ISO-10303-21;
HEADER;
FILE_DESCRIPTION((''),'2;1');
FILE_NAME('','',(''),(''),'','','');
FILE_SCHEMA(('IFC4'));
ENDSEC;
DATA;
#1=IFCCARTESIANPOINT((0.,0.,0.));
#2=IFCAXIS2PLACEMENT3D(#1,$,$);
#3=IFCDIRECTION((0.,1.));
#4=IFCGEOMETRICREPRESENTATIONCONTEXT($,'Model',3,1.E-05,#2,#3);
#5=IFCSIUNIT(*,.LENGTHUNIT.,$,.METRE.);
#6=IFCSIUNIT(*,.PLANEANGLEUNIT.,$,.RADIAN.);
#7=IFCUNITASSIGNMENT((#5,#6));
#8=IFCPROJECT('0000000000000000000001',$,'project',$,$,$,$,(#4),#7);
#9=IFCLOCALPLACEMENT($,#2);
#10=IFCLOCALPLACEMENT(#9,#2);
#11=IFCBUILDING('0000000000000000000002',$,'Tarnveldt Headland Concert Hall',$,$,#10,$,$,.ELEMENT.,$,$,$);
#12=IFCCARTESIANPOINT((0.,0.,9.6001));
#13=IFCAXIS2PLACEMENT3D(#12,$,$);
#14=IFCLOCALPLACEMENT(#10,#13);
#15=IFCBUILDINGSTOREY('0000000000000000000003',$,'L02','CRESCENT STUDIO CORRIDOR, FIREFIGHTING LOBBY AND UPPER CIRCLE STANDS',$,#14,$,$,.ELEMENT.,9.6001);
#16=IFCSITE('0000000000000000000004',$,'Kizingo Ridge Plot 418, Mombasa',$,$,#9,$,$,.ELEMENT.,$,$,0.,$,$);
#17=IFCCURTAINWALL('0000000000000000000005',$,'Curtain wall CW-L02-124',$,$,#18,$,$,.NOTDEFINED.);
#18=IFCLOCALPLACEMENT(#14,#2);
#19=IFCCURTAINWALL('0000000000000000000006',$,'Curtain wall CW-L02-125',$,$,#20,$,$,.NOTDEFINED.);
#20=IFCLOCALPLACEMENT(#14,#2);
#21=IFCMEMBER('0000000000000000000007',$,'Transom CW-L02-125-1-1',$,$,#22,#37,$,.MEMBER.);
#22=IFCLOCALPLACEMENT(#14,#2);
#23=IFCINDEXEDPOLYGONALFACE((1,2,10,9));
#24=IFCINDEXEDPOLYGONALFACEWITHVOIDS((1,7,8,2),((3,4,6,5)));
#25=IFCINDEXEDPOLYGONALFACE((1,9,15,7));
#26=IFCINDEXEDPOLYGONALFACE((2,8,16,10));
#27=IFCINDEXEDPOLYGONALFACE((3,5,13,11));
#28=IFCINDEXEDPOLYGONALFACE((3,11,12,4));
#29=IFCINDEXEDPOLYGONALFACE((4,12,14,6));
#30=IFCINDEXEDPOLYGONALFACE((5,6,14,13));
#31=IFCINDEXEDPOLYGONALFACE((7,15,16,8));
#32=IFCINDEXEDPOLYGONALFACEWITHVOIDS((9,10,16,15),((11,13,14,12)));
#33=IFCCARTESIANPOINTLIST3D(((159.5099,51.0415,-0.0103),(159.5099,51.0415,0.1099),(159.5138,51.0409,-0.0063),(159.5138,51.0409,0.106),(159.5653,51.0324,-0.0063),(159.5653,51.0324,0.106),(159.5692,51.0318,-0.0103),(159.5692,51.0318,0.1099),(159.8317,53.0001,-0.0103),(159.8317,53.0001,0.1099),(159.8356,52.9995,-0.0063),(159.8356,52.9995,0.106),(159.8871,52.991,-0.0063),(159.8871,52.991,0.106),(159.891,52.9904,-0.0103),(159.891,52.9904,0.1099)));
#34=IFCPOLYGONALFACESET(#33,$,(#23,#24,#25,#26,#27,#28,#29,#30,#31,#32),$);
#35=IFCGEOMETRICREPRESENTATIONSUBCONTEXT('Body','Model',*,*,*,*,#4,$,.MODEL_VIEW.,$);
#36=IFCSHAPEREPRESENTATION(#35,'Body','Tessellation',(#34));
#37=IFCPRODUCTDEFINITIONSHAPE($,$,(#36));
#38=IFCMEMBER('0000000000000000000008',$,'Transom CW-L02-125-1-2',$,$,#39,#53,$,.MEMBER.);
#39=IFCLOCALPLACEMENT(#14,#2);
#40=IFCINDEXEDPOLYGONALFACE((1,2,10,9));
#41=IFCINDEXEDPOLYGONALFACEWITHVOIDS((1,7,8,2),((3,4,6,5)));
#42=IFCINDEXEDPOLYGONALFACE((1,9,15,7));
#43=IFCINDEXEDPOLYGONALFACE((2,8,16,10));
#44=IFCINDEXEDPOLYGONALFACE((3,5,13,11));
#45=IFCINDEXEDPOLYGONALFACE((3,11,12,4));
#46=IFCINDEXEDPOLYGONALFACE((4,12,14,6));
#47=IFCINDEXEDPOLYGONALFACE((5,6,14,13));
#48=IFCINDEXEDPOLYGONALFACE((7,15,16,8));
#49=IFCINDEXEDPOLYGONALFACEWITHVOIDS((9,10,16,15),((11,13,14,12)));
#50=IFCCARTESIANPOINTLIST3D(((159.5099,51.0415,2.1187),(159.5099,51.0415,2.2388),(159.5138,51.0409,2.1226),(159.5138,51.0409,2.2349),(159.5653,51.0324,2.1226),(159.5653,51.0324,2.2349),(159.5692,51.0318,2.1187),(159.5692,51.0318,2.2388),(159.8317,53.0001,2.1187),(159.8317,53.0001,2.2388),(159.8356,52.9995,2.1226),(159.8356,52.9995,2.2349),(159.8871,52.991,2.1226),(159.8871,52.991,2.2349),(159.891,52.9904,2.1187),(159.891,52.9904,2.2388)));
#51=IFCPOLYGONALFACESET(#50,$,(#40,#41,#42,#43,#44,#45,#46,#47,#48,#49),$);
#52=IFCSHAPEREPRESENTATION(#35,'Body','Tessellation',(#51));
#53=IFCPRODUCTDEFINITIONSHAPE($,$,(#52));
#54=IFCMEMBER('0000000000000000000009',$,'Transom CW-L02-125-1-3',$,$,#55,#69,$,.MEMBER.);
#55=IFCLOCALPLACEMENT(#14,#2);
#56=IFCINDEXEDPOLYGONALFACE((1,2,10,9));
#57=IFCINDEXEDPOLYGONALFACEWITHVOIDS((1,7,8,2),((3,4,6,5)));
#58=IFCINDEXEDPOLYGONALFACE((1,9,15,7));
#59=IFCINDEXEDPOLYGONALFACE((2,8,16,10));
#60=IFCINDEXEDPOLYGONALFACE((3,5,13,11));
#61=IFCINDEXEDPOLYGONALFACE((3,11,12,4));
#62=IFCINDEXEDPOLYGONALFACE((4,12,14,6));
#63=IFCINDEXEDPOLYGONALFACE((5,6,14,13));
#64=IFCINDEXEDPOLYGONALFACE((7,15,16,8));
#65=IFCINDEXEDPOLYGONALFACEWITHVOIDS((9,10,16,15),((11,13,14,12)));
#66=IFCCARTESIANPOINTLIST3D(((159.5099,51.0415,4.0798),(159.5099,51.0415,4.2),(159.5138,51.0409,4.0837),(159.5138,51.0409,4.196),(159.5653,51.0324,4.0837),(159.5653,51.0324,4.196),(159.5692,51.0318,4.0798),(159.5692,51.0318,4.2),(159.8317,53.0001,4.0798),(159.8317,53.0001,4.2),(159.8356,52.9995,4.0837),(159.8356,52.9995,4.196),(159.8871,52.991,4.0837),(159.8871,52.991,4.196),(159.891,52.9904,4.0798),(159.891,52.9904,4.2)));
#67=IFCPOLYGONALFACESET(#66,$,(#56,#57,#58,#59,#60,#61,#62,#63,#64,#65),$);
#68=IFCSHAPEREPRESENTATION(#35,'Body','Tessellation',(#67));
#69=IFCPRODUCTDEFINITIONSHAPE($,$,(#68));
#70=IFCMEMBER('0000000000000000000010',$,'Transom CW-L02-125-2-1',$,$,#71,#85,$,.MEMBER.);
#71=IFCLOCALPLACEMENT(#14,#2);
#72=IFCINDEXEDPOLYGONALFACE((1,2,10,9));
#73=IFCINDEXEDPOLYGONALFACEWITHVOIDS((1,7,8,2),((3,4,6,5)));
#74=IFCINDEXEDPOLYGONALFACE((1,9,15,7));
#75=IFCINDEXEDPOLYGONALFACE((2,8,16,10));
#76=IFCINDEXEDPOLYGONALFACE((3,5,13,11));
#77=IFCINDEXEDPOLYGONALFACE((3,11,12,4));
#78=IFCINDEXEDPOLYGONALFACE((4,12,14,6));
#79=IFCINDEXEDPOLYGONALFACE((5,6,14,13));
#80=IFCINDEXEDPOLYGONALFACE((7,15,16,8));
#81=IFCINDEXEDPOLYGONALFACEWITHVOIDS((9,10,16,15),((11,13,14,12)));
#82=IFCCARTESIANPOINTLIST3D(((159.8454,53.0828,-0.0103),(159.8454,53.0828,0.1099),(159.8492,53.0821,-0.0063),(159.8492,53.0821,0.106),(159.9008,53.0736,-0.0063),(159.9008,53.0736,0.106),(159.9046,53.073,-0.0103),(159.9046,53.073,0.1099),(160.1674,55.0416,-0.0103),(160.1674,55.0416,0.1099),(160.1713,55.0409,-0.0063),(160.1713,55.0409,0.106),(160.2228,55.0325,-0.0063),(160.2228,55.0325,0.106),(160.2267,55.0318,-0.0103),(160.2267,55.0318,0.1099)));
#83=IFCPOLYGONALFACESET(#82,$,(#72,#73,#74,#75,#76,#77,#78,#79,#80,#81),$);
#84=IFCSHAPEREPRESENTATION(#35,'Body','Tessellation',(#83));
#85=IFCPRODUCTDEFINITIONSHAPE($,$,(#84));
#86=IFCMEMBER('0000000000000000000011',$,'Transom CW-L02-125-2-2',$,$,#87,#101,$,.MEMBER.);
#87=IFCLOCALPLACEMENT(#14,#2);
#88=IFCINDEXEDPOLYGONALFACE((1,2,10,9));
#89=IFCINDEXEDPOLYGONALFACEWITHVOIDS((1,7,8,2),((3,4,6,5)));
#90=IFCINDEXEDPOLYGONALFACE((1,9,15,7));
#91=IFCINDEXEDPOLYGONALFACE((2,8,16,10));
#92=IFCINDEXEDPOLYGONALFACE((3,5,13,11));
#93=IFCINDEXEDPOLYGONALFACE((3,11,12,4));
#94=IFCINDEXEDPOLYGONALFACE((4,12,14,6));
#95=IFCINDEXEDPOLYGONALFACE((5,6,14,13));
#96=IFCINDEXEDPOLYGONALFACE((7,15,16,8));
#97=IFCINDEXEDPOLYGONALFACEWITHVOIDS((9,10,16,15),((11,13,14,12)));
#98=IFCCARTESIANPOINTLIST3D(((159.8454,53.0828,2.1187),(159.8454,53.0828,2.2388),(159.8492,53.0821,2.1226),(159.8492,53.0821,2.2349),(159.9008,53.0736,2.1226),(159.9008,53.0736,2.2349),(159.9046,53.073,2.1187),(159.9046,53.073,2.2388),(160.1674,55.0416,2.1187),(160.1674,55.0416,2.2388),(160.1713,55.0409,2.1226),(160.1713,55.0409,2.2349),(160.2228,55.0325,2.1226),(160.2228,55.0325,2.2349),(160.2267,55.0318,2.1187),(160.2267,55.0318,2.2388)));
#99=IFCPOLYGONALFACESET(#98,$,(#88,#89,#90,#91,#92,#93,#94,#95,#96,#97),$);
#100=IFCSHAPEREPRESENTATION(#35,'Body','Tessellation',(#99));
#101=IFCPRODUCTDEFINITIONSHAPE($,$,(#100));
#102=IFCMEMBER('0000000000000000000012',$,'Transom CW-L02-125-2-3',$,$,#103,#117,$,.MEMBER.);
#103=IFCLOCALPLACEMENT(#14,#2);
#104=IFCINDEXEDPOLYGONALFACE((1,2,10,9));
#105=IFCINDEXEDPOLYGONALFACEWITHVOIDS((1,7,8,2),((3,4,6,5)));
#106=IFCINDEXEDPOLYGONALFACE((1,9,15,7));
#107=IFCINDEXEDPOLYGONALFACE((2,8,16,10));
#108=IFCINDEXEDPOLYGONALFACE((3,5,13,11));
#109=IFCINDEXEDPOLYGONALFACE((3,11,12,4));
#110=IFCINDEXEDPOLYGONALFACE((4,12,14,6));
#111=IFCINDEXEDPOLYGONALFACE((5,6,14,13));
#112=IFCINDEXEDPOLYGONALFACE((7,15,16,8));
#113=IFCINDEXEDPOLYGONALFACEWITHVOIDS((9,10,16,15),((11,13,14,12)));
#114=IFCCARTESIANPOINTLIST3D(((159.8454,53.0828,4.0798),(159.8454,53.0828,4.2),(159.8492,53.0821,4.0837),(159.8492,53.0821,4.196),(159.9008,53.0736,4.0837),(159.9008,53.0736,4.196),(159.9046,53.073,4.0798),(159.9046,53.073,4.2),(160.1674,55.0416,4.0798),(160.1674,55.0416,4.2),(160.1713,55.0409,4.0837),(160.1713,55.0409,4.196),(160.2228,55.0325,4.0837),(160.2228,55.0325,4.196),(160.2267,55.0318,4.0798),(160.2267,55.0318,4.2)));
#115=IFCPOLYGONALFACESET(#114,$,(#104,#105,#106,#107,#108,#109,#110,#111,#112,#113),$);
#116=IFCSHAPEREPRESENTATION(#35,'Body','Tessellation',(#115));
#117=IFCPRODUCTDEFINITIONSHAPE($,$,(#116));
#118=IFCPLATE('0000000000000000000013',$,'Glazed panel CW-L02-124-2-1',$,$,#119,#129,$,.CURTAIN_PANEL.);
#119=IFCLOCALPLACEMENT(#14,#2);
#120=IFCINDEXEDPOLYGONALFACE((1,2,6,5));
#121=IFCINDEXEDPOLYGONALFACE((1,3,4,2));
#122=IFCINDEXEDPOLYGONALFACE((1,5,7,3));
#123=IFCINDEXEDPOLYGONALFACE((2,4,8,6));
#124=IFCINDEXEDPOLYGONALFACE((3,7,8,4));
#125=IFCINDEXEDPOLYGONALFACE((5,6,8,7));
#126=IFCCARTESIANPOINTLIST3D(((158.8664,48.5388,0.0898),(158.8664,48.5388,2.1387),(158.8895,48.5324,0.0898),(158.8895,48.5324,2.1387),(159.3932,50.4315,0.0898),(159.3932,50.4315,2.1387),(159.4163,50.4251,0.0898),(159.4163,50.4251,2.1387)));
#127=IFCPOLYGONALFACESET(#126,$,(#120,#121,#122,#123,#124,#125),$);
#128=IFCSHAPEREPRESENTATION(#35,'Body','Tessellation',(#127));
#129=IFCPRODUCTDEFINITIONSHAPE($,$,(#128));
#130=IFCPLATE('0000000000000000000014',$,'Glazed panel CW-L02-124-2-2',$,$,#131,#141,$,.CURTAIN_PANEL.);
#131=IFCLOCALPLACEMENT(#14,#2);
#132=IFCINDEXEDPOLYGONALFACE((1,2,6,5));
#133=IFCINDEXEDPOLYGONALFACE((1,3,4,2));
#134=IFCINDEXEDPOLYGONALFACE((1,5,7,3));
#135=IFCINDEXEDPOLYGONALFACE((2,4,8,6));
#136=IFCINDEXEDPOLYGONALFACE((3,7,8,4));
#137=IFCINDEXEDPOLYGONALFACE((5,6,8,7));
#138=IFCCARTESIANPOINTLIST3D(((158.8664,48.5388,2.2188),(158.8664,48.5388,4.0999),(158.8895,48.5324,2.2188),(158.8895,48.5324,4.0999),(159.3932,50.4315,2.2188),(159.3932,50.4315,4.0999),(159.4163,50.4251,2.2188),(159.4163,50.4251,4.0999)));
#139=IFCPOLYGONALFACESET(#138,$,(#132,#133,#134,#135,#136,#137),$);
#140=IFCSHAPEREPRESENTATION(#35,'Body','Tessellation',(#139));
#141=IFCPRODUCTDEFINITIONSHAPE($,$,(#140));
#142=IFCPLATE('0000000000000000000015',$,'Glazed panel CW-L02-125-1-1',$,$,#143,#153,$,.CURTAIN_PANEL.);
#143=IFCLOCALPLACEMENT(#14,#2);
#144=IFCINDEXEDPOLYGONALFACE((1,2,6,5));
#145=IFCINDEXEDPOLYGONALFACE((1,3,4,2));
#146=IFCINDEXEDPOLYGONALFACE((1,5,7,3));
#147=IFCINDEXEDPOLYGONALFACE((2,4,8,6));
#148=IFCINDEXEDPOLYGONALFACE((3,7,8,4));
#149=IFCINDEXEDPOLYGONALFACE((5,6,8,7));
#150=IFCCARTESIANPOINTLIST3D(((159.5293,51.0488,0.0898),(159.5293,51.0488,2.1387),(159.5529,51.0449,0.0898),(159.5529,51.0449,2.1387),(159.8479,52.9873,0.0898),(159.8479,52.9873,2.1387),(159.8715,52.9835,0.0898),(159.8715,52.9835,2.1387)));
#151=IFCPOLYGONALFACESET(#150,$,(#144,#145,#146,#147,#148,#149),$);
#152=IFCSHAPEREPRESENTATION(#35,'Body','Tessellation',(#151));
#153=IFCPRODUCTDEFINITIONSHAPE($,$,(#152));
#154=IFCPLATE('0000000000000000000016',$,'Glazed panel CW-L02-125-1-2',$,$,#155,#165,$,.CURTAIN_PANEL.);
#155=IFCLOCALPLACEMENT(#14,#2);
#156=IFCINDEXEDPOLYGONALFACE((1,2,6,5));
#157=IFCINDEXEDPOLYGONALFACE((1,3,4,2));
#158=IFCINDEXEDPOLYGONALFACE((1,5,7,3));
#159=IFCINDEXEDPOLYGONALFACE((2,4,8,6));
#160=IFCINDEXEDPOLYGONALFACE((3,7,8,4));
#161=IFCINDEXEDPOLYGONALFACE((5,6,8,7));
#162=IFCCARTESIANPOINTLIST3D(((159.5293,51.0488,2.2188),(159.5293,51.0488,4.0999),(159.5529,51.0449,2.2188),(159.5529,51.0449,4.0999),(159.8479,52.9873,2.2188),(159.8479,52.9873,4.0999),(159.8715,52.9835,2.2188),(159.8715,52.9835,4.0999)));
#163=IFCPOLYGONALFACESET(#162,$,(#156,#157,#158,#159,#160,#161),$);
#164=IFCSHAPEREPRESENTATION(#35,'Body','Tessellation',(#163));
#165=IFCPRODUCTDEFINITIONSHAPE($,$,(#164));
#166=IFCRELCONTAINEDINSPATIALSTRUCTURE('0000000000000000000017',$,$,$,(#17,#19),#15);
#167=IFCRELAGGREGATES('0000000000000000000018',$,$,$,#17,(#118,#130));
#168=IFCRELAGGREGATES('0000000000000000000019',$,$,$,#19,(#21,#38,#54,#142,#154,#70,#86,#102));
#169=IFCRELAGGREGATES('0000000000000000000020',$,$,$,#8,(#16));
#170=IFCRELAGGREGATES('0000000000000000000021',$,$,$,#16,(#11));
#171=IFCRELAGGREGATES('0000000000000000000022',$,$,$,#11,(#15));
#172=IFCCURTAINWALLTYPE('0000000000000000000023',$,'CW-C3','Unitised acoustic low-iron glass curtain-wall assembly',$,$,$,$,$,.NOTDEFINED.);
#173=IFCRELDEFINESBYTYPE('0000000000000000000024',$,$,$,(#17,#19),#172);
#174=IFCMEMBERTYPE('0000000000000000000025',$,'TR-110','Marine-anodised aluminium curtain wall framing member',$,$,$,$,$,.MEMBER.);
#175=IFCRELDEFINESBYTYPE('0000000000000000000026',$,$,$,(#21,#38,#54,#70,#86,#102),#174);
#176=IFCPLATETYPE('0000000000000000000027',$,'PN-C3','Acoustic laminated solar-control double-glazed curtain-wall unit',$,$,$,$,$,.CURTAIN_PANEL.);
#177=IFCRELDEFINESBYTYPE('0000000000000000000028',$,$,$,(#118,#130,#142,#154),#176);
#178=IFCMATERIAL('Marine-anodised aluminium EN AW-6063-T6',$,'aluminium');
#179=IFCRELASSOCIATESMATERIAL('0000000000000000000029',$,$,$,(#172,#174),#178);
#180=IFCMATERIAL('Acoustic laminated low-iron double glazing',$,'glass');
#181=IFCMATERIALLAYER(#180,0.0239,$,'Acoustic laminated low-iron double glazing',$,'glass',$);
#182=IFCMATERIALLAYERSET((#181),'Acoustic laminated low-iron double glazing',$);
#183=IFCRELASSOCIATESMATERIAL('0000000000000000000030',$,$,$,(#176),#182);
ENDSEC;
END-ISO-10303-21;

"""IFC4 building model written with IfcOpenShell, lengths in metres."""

from ifc_helpers import new_model, si_unit, direction, frame, origin, origin_2d, place, context, subcontext, project, spatial, rectangle, hollow_rectangle, extrude, material, layer, layer_set, material_profile, profile_set, type_object, element, aggregate, save


model = new_model("IFC4")

# Units and contexts
model_context = context("Model", 3, precision=1e-05, world=origin(), true_north=direction((0.0, 1.0)))
body_context = subcontext(model_context, "Body", "Model", "MODEL_VIEW")
ifc_project = project(units=[si_unit("LENGTHUNIT", "METRE"), si_unit("PLANEANGLEUNIT", "RADIAN")], contexts=[model_context])

# Site, building, storey
site_placement = place(None, origin())
site = spatial("IfcSite", under=ifc_project, at=site_placement, Name="Kizingo Ridge Plot 418, Mombasa", CompositionType="ELEMENT", RefElevation=0.0)
building_placement = place(site_placement, origin())
building = spatial("IfcBuilding", under=site, at=building_placement, Name="Tarnveldt Headland Concert Hall", CompositionType="ELEMENT")
storey_placement = place(building_placement, frame((0.0, 0.0, 9.6001)))
storey = spatial("IfcBuildingStorey", under=building, at=storey_placement, Name="L02", Description="CRESCENT STUDIO CORRIDOR, FIREFIGHTING LOBBY AND UPPER CIRCLE STANDS", CompositionType="ELEMENT", Elevation=9.6001)

# Curtain wall
ifc_material_1 = material(Name="Marine-anodised aluminium EN AW-6063-T6", Category="aluminium")
curtain_wall_type = type_object("IfcCurtainWallType", Name="CW-C3", Description="Unitised acoustic low-iron glass curtain-wall assembly", PredefinedType="NOTDEFINED", material=ifc_material_1)
curtain_wall_1_placement = place(storey_placement, origin())
curtain_wall_1 = element("IfcCurtainWall", 1, at=curtain_wall_1_placement, inside=storey, type_object=curtain_wall_type, Name="Curtain wall CW-L02-124", PredefinedType="NOTDEFINED")

# Curtain wall
curtain_wall_2_placement = place(storey_placement, origin())
curtain_wall_2 = element("IfcCurtainWall", 2, at=curtain_wall_2_placement, inside=storey, type_object=curtain_wall_type, Name="Curtain wall CW-L02-125", PredefinedType="NOTDEFINED")

# Members
ifc_material_profile_1 = material_profile(ifc_material_1, hollow_rectangle(XDim=0.0601, YDim=0.1201, WallThickness=0.0039, at=origin_2d()), Name="ALU TRANSOM 60x120x4", Category="aluminium")
ifc_profile_set_1 = profile_set([ifc_material_profile_1], Name="Marine-anodised aluminium EN AW-6063-T6")
member_type_1 = type_object("IfcMemberType", Name="TR-110", Description="Marine-anodised aluminium curtain wall framing member", PredefinedType="MEMBER", material=ifc_profile_set_1)
member_1_placement = place(storey_placement, frame((159.5396, 51.0366, 0.0498), z_axis=(0.162125, 0.98677, 0.0), x_axis=(-0.98677, 0.162125, 0.0)))
member_1 = element("IfcMember", 3, at=member_1_placement, type_object=member_type_1, Name="Transom CW-L02-125-1-1", PredefinedType="MEMBER", context=body_context, shape_type="SweptSolid", body=[
    extrude(hollow_rectangle(XDim=0.0601, YDim=0.1201, WallThickness=0.0039, at=origin_2d()), origin(), (0.0, 0.0, 1.0), 1.9849),
])
member_2_placement = place(storey_placement, frame((159.5396, 51.0366, 2.1787), z_axis=(0.162125, 0.98677, 0.0), x_axis=(-0.98677, 0.162125, 0.0)))
member_2 = element("IfcMember", 4, at=member_2_placement, type_object=member_type_1, Name="Transom CW-L02-125-1-2", PredefinedType="MEMBER", context=body_context, shape_type="SweptSolid", body=[
    extrude(hollow_rectangle(XDim=0.0601, YDim=0.1201, WallThickness=0.0039, at=origin_2d()), origin(), (0.0, 0.0, 1.0), 1.9849),
])
member_3_placement = place(storey_placement, frame((159.5396, 51.0366, 4.1399), z_axis=(0.162125, 0.98677, 0.0), x_axis=(-0.98677, 0.162125, 0.0)))
member_3 = element("IfcMember", 5, at=member_3_placement, type_object=member_type_1, Name="Transom CW-L02-125-1-3", PredefinedType="MEMBER", context=body_context, shape_type="SweptSolid", body=[
    extrude(hollow_rectangle(XDim=0.0601, YDim=0.1201, WallThickness=0.0039, at=origin_2d()), origin(), (0.0, 0.0, 1.0), 1.9849),
])
member_4_placement = place(storey_placement, frame((159.875, 53.0779, 0.0498), z_axis=(0.162225, 0.986754, 0.0), x_axis=(-0.986754, 0.162225, 0.0)))
member_4 = element("IfcMember", 6, at=member_4_placement, type_object=member_type_1, Name="Transom CW-L02-125-2-1", PredefinedType="MEMBER", context=body_context, shape_type="SweptSolid", body=[
    extrude(hollow_rectangle(XDim=0.0601, YDim=0.1201, WallThickness=0.0039, at=origin_2d()), origin(), (0.0, 0.0, 1.0), 1.9851),
])
member_5_placement = place(storey_placement, frame((159.875, 53.0779, 2.1787), z_axis=(0.162225, 0.986754, 0.0), x_axis=(-0.986754, 0.162225, 0.0)))
member_5 = element("IfcMember", 7, at=member_5_placement, type_object=member_type_1, Name="Transom CW-L02-125-2-2", PredefinedType="MEMBER", context=body_context, shape_type="SweptSolid", body=[
    extrude(hollow_rectangle(XDim=0.0601, YDim=0.1201, WallThickness=0.0039, at=origin_2d()), origin(), (0.0, 0.0, 1.0), 1.9851),
])
member_6_placement = place(storey_placement, frame((159.875, 53.0779, 4.1399), z_axis=(0.162225, 0.986754, 0.0), x_axis=(-0.986754, 0.162225, 0.0)))
member_6 = element("IfcMember", 8, at=member_6_placement, type_object=member_type_1, Name="Transom CW-L02-125-2-3", PredefinedType="MEMBER", context=body_context, shape_type="SweptSolid", body=[
    extrude(hollow_rectangle(XDim=0.0601, YDim=0.1201, WallThickness=0.0039, at=origin_2d()), origin(), (0.0, 0.0, 1.0), 1.9851),
])

# Plates
ifc_material_2 = material(Name="Acoustic laminated low-iron double glazing", Category="glass")
ifc_layer_1 = layer(ifc_material_2, 0.0239, Name="Acoustic laminated low-iron double glazing", Category="glass")
ifc_layer_set_1 = layer_set([ifc_layer_1], Name="Acoustic laminated low-iron double glazing")
plate_type = type_object("IfcPlateType", Name="PN-C3", Description="Acoustic laminated solar-control double-glazed curtain-wall unit", PredefinedType="CURTAIN_PANEL", material=ifc_layer_set_1)
plate_1_placement = place(storey_placement, frame((159.1414, 49.4819, 0.0898), z_axis=(0.0, 0.0, 1.0), x_axis=(0.268146, 0.963378, 0.0)))
plate_1 = element("IfcPlate", 9, at=plate_1_placement, type_object=plate_type, Name="Glazed panel CW-L02-124-2-1", PredefinedType="CURTAIN_PANEL", context=body_context, shape_type="SweptSolid", body=[
    extrude(rectangle(XDim=1.9646, YDim=0.0239, at=origin_2d()), origin(), (0.0, 0.0, 1.0), 2.0488),
])
plate_2_placement = place(storey_placement, frame((159.1414, 49.4819, 2.2188), z_axis=(0.0, 0.0, 1.0), x_axis=(0.268146, 0.963378, 0.0)))
plate_2 = element("IfcPlate", 10, at=plate_2_placement, type_object=plate_type, Name="Glazed panel CW-L02-124-2-2", PredefinedType="CURTAIN_PANEL", context=body_context, shape_type="SweptSolid", body=[
    extrude(rectangle(XDim=1.9646, YDim=0.0239, at=origin_2d()), origin(), (0.0, 0.0, 1.0), 1.8811),
])
aggregate(curtain_wall_1, [plate_1, plate_2])
plate_3_placement = place(storey_placement, frame((159.7004, 52.0161, 0.0898), z_axis=(0.0, 0.0, 1.0), x_axis=(0.162172, 0.986762, 0.0)))
plate_3 = element("IfcPlate", 11, at=plate_3_placement, type_object=plate_type, Name="Glazed panel CW-L02-125-1-1", PredefinedType="CURTAIN_PANEL", context=body_context, shape_type="SweptSolid", body=[
    extrude(rectangle(XDim=1.9646, YDim=0.0239, at=origin_2d()), origin(), (0.0, 0.0, 1.0), 2.0488),
])
plate_4_placement = place(storey_placement, frame((159.7004, 52.0161, 2.2188), z_axis=(0.0, 0.0, 1.0), x_axis=(0.162172, 0.986762, 0.0)))
plate_4 = element("IfcPlate", 12, at=plate_4_placement, type_object=plate_type, Name="Glazed panel CW-L02-125-1-2", PredefinedType="CURTAIN_PANEL", context=body_context, shape_type="SweptSolid", body=[
    extrude(rectangle(XDim=1.9646, YDim=0.0239, at=origin_2d()), origin(), (0.0, 0.0, 1.0), 1.8811),
])
aggregate(curtain_wall_2, [member_1, member_2, member_3, plate_3, plate_4, member_4, member_5, member_6])

save(model, "model.ifc")
